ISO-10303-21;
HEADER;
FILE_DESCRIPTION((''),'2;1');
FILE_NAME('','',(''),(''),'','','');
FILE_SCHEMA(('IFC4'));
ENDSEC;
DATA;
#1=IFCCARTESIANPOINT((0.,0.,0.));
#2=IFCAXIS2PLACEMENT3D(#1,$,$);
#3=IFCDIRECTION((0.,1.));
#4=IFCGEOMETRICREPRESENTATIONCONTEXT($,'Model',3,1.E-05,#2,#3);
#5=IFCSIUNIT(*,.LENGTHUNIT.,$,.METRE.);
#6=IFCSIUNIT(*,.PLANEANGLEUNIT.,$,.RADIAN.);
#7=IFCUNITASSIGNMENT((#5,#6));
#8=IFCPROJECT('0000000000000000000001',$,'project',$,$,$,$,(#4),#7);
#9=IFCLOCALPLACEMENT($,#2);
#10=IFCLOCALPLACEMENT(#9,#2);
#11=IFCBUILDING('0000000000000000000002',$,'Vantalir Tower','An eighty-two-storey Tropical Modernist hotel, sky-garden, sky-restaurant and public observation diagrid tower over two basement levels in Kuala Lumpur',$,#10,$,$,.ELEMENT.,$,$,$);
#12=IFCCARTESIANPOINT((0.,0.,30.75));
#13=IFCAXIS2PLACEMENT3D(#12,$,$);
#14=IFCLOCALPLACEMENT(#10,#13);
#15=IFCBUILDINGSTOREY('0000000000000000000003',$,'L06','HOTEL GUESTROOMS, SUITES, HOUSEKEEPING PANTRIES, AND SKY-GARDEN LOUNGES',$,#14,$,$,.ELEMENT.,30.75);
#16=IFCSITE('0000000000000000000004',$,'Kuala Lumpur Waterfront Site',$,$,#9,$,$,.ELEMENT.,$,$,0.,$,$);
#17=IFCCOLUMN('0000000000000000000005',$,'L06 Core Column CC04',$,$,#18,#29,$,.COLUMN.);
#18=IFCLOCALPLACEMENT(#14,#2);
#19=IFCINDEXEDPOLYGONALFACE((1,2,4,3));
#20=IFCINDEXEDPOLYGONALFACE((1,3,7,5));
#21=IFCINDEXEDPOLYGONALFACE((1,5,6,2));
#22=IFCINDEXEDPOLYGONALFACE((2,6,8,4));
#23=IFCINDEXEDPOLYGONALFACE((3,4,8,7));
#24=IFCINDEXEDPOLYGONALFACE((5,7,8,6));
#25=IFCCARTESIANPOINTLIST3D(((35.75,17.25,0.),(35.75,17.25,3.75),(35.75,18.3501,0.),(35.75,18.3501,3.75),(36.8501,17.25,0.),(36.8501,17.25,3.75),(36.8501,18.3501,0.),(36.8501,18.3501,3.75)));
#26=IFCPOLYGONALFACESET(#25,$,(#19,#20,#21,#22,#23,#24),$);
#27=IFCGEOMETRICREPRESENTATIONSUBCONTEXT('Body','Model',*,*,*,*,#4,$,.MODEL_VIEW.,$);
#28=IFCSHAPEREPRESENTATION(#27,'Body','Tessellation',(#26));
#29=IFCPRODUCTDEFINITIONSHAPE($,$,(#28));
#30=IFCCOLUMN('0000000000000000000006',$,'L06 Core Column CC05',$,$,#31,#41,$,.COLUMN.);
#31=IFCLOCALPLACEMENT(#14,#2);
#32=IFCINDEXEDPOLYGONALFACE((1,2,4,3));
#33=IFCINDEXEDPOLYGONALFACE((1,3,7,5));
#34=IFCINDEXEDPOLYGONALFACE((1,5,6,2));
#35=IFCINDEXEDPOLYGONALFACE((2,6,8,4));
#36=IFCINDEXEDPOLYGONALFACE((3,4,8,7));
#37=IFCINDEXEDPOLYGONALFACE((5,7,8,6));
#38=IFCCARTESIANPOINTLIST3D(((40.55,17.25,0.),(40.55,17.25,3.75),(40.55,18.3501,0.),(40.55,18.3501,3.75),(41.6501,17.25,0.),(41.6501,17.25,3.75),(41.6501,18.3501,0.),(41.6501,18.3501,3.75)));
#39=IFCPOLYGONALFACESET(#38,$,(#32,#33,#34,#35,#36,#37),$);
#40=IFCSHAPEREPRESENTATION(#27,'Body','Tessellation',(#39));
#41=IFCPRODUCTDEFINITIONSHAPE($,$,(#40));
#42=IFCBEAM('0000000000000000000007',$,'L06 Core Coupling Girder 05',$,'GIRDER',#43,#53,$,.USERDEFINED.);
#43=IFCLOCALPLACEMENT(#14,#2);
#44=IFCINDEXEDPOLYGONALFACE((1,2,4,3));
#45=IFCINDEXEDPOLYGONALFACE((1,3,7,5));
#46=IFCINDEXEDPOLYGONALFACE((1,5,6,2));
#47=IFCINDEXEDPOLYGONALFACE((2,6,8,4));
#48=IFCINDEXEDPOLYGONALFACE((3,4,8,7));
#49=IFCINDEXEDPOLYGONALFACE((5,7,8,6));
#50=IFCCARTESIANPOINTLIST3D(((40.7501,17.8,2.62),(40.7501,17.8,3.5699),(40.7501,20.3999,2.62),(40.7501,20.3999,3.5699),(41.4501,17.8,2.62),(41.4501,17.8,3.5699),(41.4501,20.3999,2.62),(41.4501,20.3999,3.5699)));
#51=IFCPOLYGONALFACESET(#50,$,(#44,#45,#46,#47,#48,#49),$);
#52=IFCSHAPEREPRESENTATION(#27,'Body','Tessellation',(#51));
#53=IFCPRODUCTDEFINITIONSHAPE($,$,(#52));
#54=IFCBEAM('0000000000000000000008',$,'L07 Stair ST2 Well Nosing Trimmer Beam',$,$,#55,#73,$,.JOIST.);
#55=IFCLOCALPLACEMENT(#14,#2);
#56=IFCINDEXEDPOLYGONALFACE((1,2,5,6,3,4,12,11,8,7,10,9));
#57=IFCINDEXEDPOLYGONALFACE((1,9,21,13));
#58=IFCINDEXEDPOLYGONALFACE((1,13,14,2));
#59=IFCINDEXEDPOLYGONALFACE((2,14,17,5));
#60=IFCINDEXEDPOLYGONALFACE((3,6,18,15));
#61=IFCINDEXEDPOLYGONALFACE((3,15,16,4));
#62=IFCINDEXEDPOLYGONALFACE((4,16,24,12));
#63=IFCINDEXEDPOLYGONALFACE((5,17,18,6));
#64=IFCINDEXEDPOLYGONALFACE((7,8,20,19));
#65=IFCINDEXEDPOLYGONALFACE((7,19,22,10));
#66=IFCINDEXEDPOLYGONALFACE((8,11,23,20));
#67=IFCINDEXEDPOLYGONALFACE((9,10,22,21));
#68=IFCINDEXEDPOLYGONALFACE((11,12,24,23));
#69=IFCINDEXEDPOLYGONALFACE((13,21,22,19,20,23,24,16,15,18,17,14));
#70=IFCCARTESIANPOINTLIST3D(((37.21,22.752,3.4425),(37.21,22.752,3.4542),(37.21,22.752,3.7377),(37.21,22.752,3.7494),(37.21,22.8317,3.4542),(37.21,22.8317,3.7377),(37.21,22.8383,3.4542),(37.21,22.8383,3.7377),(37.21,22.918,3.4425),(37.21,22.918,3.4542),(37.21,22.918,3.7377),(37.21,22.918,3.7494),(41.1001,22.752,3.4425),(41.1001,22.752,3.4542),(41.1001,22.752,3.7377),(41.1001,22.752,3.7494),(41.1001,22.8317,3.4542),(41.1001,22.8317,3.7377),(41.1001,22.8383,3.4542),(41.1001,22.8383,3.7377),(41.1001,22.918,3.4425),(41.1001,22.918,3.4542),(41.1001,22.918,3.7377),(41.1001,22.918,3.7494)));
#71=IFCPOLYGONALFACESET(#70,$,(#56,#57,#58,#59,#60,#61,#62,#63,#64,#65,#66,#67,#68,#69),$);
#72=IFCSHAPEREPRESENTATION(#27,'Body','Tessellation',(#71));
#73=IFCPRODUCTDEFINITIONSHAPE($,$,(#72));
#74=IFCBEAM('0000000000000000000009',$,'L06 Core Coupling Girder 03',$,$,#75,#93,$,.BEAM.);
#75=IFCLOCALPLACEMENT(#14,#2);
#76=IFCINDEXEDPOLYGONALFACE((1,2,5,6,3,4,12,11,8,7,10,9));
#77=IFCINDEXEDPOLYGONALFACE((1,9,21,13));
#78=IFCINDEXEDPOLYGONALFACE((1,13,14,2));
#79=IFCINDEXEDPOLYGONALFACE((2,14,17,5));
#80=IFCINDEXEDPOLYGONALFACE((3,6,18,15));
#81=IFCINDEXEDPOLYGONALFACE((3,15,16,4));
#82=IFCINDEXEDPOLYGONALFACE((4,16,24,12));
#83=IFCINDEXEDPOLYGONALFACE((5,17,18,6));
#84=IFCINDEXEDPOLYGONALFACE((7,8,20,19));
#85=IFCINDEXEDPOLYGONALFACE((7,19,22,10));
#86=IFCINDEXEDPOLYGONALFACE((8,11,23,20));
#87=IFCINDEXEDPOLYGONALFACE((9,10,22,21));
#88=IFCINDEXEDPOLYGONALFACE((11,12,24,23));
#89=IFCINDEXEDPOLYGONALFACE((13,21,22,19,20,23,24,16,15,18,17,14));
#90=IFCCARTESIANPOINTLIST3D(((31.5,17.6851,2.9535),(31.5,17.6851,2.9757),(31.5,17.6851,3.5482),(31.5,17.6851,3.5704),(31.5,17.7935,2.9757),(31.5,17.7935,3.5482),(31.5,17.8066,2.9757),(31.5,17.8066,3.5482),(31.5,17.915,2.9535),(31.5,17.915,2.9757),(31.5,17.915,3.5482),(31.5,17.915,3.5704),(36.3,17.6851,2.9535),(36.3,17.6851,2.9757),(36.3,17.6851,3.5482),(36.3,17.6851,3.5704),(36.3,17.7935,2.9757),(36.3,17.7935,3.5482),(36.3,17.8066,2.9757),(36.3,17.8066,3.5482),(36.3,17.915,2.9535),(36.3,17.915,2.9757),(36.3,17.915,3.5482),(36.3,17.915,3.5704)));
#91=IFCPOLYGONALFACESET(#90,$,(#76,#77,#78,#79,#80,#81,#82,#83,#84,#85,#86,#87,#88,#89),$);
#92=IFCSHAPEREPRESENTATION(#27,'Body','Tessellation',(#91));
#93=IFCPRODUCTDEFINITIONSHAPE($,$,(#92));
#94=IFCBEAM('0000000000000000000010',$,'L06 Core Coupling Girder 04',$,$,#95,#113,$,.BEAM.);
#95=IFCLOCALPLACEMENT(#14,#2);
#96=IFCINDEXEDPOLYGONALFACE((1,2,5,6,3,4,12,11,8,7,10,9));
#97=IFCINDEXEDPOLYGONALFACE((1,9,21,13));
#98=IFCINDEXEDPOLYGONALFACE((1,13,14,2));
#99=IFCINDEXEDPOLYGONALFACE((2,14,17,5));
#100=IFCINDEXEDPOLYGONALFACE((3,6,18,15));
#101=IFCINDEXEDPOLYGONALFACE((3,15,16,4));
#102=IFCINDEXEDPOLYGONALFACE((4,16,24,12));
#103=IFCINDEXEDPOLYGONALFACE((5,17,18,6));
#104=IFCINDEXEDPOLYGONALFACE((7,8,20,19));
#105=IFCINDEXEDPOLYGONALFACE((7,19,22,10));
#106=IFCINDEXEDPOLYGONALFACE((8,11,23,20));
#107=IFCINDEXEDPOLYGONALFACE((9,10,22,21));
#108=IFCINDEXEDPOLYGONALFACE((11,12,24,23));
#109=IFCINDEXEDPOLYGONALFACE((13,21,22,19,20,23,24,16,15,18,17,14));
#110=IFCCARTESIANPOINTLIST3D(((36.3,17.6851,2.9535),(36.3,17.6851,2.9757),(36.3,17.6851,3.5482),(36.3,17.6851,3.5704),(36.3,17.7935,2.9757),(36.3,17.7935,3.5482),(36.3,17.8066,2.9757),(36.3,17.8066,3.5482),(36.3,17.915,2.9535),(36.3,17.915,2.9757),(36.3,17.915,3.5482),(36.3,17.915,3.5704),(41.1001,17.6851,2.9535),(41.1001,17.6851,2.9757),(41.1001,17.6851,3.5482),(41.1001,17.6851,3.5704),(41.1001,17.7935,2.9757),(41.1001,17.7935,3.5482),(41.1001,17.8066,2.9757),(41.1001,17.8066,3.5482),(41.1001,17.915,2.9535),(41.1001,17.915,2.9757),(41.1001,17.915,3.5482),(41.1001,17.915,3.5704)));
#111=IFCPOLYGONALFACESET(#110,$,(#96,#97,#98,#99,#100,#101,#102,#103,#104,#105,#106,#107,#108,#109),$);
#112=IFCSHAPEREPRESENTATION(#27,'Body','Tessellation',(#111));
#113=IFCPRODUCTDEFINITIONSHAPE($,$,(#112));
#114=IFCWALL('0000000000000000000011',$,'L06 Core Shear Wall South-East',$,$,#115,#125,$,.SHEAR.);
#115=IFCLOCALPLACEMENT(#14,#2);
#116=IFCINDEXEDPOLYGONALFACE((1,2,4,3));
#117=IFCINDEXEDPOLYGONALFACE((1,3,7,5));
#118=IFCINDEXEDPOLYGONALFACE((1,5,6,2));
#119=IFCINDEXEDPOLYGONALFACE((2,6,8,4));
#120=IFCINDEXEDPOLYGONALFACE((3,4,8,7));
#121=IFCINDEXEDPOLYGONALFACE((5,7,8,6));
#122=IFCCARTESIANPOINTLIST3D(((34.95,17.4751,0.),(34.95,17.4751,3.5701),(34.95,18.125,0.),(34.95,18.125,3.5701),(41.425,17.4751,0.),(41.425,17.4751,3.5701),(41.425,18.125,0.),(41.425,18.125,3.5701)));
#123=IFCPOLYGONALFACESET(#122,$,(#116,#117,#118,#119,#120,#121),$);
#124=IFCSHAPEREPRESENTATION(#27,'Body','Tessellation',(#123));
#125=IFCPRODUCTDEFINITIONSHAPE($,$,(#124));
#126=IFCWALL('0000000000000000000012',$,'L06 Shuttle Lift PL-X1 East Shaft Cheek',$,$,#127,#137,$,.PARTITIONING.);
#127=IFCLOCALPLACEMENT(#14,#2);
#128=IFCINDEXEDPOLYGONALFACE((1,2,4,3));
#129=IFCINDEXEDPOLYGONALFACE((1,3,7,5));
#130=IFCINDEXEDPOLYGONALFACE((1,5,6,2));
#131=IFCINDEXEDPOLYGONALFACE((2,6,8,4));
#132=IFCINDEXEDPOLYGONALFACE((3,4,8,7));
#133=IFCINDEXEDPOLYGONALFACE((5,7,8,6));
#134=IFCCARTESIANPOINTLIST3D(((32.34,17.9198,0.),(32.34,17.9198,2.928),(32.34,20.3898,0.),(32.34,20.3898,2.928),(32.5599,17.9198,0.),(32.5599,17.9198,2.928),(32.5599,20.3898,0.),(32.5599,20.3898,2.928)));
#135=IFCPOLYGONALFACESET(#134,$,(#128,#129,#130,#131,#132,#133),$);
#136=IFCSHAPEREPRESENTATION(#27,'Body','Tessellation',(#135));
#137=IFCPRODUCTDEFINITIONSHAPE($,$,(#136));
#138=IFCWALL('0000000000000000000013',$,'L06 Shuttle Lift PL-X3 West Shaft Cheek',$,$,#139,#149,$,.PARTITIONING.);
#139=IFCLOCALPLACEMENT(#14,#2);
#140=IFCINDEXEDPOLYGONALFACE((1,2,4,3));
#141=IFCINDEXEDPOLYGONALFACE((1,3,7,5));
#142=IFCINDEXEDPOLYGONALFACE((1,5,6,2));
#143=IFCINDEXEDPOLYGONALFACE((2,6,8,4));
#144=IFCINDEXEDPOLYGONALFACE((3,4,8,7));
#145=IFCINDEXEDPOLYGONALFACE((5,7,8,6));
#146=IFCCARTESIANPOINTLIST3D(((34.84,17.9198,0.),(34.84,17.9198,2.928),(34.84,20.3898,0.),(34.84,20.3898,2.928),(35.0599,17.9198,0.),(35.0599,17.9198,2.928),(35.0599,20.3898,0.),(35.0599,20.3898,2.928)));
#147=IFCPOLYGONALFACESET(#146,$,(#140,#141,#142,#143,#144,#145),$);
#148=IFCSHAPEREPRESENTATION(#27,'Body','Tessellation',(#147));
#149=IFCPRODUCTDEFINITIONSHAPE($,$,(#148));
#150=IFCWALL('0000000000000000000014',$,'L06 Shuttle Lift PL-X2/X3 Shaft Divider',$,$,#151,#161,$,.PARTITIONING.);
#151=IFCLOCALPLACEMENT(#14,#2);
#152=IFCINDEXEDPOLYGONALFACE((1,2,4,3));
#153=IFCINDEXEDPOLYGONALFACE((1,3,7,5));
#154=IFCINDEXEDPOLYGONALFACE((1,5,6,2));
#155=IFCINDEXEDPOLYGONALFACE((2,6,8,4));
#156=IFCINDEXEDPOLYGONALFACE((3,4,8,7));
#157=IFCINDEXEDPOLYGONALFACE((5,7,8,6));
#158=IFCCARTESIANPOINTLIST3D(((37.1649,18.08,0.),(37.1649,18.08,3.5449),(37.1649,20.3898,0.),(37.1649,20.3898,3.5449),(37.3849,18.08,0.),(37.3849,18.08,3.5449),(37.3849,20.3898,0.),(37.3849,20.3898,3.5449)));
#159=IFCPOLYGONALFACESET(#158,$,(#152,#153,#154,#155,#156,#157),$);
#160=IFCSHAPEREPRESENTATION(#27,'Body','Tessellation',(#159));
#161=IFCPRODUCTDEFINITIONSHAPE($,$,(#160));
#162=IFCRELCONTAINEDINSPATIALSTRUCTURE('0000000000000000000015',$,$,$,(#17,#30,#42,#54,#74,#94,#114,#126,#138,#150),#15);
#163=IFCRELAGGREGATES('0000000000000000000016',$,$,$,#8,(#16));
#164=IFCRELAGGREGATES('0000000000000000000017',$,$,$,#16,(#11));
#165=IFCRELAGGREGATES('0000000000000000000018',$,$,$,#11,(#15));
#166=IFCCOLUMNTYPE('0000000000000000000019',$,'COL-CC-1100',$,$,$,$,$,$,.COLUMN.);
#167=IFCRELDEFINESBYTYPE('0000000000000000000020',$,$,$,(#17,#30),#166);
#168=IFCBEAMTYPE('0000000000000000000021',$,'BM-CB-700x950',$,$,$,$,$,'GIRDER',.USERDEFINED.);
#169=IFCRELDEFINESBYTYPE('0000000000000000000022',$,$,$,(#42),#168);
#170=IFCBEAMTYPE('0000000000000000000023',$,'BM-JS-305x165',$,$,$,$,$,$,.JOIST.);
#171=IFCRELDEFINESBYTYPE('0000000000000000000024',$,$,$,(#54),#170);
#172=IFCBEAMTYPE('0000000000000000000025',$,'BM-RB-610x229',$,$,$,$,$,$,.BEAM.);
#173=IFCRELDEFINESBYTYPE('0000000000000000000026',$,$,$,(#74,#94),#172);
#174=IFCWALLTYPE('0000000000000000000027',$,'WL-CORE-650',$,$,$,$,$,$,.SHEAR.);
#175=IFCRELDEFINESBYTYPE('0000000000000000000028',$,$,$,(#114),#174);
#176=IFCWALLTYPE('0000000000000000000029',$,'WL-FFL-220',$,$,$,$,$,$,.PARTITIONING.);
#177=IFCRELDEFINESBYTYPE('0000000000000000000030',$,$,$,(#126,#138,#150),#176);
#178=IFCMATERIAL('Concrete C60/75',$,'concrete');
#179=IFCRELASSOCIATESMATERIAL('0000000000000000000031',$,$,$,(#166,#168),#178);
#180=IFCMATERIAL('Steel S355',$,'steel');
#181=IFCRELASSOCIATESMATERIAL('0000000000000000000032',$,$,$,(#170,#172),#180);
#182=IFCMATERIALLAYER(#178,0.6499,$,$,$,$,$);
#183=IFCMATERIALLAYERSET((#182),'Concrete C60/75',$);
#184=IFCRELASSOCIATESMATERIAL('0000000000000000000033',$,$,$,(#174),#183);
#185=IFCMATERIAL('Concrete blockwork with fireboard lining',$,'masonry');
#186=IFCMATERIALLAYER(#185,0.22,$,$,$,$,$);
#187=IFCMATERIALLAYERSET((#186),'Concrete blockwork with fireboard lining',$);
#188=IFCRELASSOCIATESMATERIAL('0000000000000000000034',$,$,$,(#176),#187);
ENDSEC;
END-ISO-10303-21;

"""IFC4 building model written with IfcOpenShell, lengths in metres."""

from ifc_helpers import new_model, si_unit, direction, frame, frame_2d, origin, origin_2d, place, context, subcontext, project, spatial, rectangle, i_section, extrude, material, layer, layer_set, material_profile, profile_set, type_object, element, save


model = new_model("IFC4")

# Units and contexts
model_context = context("Model", 3, precision=1e-05, world=origin(), true_north=direction((0.0, 1.0)))
body_context = subcontext(model_context, "Body", "Model", "MODEL_VIEW")
ifc_project = project(units=[si_unit("LENGTHUNIT", "METRE"), si_unit("PLANEANGLEUNIT", "RADIAN")], contexts=[model_context])

# Site, building, storey
site_placement = place(None, origin())
site = spatial("IfcSite", under=ifc_project, at=site_placement, Name="Kuala Lumpur Waterfront Site", CompositionType="ELEMENT", RefElevation=0.0)
building_placement = place(site_placement, origin())
building = spatial("IfcBuilding", under=site, at=building_placement, Name="Vantalir Tower", Description="An eighty-two-storey Tropical Modernist hotel, sky-garden, sky-restaurant and public observation diagrid tower over two basement levels in Kuala Lumpur", CompositionType="ELEMENT")
storey_placement = place(building_placement, frame((0.0, 0.0, 30.75)))
storey = spatial("IfcBuildingStorey", under=building, at=storey_placement, Name="L06", Description="HOTEL GUESTROOMS, SUITES, HOUSEKEEPING PANTRIES, AND SKY-GARDEN LOUNGES", CompositionType="ELEMENT", Elevation=30.75)

# Columns
ifc_material_1 = material(Name="Concrete C60/75", Category="concrete")
ifc_material_profile_1 = material_profile(ifc_material_1, rectangle(XDim=1.1001, YDim=1.1001, at=origin_2d()), Name="Concrete C60/75")
ifc_profile_set_1 = profile_set([ifc_material_profile_1], Name="Concrete C60/75")
column_type = type_object("IfcColumnType", Name="COL-CC-1100", PredefinedType="COLUMN", material=ifc_profile_set_1)
for number, where, z_axis, x_axis, name in (
    (1, (36.3, 17.8, 0.0), (0.0, 0.0, 1.0), (1.0, 0.0, 0.0), "L06 Core Column CC04"),
    (2, (41.1001, 17.8, 0.0), (0.0, 0.0, 1.0), (1.0, 0.0, 0.0), "L06 Core Column CC05"),
):
    element("IfcColumn", number, at=place(storey_placement, frame(where, z_axis=z_axis, x_axis=x_axis)), inside=storey, type_object=column_type, Name=name, PredefinedType="COLUMN", context=body_context, shape_type="SweptSolid", body=[
        extrude(rectangle(XDim=1.1001, YDim=1.1001, at=origin_2d()), origin(), (0.0, 0.0, 1.0), 3.75),
    ])

# Beams
ifc_material_profile_2 = material_profile(ifc_material_1, rectangle(XDim=0.7, YDim=0.95, at=origin_2d()), Name="Concrete C60/75")
ifc_profile_set_2 = profile_set([ifc_material_profile_2], Name="Concrete C60/75")
beam_type_1 = type_object("IfcBeamType", Name="BM-CB-700x950", ElementType="GIRDER", PredefinedType="USERDEFINED", material=ifc_profile_set_2)
beam_1_placement = place(storey_placement, frame((41.1001, 17.8, 3.095), z_axis=(0.0, 1.0, 0.0), x_axis=(-1.0, 0.0, 0.0)))
element("IfcBeam", 3, at=beam_1_placement, inside=storey, type_object=beam_type_1, Name="L06 Core Coupling Girder 05", ObjectType="GIRDER", PredefinedType="USERDEFINED", context=body_context, shape_type="SweptSolid", body=[
    extrude(rectangle(XDim=0.7, YDim=0.95, at=origin_2d()), origin(), (0.0, 0.0, 1.0), 2.5999),
])
ifc_material_2 = material(Name="Steel S355", Category="steel")
ifc_material_profile_3 = material_profile(ifc_material_2, i_section(OverallWidth=0.166, OverallDepth=0.3069, WebThickness=0.0066, FlangeThickness=0.0117, at=origin_2d()), Name="Steel S355")
ifc_profile_set_3 = profile_set([ifc_material_profile_3], Name="Steel S355")
beam_type_2 = type_object("IfcBeamType", Name="BM-JS-305x165", PredefinedType="JOIST", material=ifc_profile_set_3)
beam_2_placement = place(storey_placement, frame((37.21, 22.835, 3.5959), z_axis=(1.0, 0.0, 0.0), x_axis=(0.0, 1.0, 0.0)))
element("IfcBeam", 4, at=beam_2_placement, inside=storey, type_object=beam_type_2, Name="L07 Stair ST2 Well Nosing Trimmer Beam", PredefinedType="JOIST", context=body_context, shape_type="SweptSolid", body=[
    extrude(i_section(OverallWidth=0.166, OverallDepth=0.3069, WebThickness=0.0066, FlangeThickness=0.0117, at=origin_2d()), origin(), (0.0, 0.0, 1.0), 3.8901),
])
ifc_material_profile_4 = material_profile(ifc_material_2, i_section(OverallWidth=0.23, OverallDepth=0.6169, WebThickness=0.0132, FlangeThickness=0.0222, at=origin_2d()), Name="Steel S355")
ifc_profile_set_4 = profile_set([ifc_material_profile_4], Name="Steel S355")
beam_type_3 = type_object("IfcBeamType", Name="BM-RB-610x229", PredefinedType="BEAM", material=ifc_profile_set_4)
for number, where, z_axis, x_axis, name in (
    (5, (31.5, 17.8, 3.262), (1.0, 0.0, 0.0), (0.0, 1.0, 0.0), "L06 Core Coupling Girder 03"),
    (6, (36.3, 17.8, 3.262), (1.0, 0.0, 0.0), (0.0, 1.0, 0.0), "L06 Core Coupling Girder 04"),
):
    element("IfcBeam", number, at=place(storey_placement, frame(where, z_axis=z_axis, x_axis=x_axis)), inside=storey, type_object=beam_type_3, Name=name, PredefinedType="BEAM", context=body_context, shape_type="SweptSolid", body=[
        extrude(i_section(OverallWidth=0.23, OverallDepth=0.6169, WebThickness=0.0132, FlangeThickness=0.0222, at=origin_2d()), origin(), (0.0, 0.0, 1.0), 4.8),
    ])

# Walls
ifc_layer_1 = layer(ifc_material_1, 0.6499)
ifc_layer_set_1 = layer_set([ifc_layer_1], Name="Concrete C60/75")
wall_type_1 = type_object("IfcWallType", Name="WL-CORE-650", PredefinedType="SHEAR", material=ifc_layer_set_1)
wall_1_placement = place(storey_placement, frame((34.95, 17.8, 0.0), z_axis=(0.0, 0.0, 1.0), x_axis=(1.0, 0.0, 0.0)))
element("IfcWall", 7, at=wall_1_placement, inside=storey, type_object=wall_type_1, Name="L06 Core Shear Wall South-East", PredefinedType="SHEAR", context=body_context, shape_type="SweptSolid", body=[
    extrude(rectangle(XDim=6.4751, YDim=0.6499, at=frame_2d((3.2375, 0.0))), origin(), (0.0, 0.0, 1.0), 3.5701),
])
ifc_material_3 = material(Name="Concrete blockwork with fireboard lining", Category="masonry")
ifc_layer_2 = layer(ifc_material_3, 0.22)
ifc_layer_set_2 = layer_set([ifc_layer_2], Name="Concrete blockwork with fireboard lining")
wall_type_2 = type_object("IfcWallType", Name="WL-FFL-220", PredefinedType="PARTITIONING", material=ifc_layer_set_2)
for number, where, z_axis, x_axis, name in (
    (8, (32.45, 17.9199, 0.0), (0.0, 0.0, 1.0), (0.0, 1.0, 0.0), "L06 Shuttle Lift PL-X1 East Shaft Cheek"),
    (9, (34.95, 17.9199, 0.0), (0.0, 0.0, 1.0), (0.0, 1.0, 0.0), "L06 Shuttle Lift PL-X3 West Shaft Cheek"),
):
    element("IfcWall", number, at=place(storey_placement, frame(where, z_axis=z_axis, x_axis=x_axis)), inside=storey, type_object=wall_type_2, Name=name, PredefinedType="PARTITIONING", context=body_context, shape_type="SweptSolid", body=[
        extrude(rectangle(XDim=2.47, YDim=0.22, at=frame_2d((1.2349, 0.0))), origin(), (0.0, 0.0, 1.0), 2.928),
    ])
wall_2_placement = place(storey_placement, frame((37.2749, 18.0801, 0.0), z_axis=(0.0, 0.0, 1.0), x_axis=(0.0, 1.0, 0.0)))
element("IfcWall", 10, at=wall_2_placement, inside=storey, type_object=wall_type_2, Name="L06 Shuttle Lift PL-X2/X3 Shaft Divider", PredefinedType="PARTITIONING", context=body_context, shape_type="SweptSolid", body=[
    extrude(rectangle(XDim=2.3098, YDim=0.22, at=frame_2d((1.1548, 0.0))), origin(), (0.0, 0.0, 1.0), 3.5449),
])

save(model, "model.ifc")
